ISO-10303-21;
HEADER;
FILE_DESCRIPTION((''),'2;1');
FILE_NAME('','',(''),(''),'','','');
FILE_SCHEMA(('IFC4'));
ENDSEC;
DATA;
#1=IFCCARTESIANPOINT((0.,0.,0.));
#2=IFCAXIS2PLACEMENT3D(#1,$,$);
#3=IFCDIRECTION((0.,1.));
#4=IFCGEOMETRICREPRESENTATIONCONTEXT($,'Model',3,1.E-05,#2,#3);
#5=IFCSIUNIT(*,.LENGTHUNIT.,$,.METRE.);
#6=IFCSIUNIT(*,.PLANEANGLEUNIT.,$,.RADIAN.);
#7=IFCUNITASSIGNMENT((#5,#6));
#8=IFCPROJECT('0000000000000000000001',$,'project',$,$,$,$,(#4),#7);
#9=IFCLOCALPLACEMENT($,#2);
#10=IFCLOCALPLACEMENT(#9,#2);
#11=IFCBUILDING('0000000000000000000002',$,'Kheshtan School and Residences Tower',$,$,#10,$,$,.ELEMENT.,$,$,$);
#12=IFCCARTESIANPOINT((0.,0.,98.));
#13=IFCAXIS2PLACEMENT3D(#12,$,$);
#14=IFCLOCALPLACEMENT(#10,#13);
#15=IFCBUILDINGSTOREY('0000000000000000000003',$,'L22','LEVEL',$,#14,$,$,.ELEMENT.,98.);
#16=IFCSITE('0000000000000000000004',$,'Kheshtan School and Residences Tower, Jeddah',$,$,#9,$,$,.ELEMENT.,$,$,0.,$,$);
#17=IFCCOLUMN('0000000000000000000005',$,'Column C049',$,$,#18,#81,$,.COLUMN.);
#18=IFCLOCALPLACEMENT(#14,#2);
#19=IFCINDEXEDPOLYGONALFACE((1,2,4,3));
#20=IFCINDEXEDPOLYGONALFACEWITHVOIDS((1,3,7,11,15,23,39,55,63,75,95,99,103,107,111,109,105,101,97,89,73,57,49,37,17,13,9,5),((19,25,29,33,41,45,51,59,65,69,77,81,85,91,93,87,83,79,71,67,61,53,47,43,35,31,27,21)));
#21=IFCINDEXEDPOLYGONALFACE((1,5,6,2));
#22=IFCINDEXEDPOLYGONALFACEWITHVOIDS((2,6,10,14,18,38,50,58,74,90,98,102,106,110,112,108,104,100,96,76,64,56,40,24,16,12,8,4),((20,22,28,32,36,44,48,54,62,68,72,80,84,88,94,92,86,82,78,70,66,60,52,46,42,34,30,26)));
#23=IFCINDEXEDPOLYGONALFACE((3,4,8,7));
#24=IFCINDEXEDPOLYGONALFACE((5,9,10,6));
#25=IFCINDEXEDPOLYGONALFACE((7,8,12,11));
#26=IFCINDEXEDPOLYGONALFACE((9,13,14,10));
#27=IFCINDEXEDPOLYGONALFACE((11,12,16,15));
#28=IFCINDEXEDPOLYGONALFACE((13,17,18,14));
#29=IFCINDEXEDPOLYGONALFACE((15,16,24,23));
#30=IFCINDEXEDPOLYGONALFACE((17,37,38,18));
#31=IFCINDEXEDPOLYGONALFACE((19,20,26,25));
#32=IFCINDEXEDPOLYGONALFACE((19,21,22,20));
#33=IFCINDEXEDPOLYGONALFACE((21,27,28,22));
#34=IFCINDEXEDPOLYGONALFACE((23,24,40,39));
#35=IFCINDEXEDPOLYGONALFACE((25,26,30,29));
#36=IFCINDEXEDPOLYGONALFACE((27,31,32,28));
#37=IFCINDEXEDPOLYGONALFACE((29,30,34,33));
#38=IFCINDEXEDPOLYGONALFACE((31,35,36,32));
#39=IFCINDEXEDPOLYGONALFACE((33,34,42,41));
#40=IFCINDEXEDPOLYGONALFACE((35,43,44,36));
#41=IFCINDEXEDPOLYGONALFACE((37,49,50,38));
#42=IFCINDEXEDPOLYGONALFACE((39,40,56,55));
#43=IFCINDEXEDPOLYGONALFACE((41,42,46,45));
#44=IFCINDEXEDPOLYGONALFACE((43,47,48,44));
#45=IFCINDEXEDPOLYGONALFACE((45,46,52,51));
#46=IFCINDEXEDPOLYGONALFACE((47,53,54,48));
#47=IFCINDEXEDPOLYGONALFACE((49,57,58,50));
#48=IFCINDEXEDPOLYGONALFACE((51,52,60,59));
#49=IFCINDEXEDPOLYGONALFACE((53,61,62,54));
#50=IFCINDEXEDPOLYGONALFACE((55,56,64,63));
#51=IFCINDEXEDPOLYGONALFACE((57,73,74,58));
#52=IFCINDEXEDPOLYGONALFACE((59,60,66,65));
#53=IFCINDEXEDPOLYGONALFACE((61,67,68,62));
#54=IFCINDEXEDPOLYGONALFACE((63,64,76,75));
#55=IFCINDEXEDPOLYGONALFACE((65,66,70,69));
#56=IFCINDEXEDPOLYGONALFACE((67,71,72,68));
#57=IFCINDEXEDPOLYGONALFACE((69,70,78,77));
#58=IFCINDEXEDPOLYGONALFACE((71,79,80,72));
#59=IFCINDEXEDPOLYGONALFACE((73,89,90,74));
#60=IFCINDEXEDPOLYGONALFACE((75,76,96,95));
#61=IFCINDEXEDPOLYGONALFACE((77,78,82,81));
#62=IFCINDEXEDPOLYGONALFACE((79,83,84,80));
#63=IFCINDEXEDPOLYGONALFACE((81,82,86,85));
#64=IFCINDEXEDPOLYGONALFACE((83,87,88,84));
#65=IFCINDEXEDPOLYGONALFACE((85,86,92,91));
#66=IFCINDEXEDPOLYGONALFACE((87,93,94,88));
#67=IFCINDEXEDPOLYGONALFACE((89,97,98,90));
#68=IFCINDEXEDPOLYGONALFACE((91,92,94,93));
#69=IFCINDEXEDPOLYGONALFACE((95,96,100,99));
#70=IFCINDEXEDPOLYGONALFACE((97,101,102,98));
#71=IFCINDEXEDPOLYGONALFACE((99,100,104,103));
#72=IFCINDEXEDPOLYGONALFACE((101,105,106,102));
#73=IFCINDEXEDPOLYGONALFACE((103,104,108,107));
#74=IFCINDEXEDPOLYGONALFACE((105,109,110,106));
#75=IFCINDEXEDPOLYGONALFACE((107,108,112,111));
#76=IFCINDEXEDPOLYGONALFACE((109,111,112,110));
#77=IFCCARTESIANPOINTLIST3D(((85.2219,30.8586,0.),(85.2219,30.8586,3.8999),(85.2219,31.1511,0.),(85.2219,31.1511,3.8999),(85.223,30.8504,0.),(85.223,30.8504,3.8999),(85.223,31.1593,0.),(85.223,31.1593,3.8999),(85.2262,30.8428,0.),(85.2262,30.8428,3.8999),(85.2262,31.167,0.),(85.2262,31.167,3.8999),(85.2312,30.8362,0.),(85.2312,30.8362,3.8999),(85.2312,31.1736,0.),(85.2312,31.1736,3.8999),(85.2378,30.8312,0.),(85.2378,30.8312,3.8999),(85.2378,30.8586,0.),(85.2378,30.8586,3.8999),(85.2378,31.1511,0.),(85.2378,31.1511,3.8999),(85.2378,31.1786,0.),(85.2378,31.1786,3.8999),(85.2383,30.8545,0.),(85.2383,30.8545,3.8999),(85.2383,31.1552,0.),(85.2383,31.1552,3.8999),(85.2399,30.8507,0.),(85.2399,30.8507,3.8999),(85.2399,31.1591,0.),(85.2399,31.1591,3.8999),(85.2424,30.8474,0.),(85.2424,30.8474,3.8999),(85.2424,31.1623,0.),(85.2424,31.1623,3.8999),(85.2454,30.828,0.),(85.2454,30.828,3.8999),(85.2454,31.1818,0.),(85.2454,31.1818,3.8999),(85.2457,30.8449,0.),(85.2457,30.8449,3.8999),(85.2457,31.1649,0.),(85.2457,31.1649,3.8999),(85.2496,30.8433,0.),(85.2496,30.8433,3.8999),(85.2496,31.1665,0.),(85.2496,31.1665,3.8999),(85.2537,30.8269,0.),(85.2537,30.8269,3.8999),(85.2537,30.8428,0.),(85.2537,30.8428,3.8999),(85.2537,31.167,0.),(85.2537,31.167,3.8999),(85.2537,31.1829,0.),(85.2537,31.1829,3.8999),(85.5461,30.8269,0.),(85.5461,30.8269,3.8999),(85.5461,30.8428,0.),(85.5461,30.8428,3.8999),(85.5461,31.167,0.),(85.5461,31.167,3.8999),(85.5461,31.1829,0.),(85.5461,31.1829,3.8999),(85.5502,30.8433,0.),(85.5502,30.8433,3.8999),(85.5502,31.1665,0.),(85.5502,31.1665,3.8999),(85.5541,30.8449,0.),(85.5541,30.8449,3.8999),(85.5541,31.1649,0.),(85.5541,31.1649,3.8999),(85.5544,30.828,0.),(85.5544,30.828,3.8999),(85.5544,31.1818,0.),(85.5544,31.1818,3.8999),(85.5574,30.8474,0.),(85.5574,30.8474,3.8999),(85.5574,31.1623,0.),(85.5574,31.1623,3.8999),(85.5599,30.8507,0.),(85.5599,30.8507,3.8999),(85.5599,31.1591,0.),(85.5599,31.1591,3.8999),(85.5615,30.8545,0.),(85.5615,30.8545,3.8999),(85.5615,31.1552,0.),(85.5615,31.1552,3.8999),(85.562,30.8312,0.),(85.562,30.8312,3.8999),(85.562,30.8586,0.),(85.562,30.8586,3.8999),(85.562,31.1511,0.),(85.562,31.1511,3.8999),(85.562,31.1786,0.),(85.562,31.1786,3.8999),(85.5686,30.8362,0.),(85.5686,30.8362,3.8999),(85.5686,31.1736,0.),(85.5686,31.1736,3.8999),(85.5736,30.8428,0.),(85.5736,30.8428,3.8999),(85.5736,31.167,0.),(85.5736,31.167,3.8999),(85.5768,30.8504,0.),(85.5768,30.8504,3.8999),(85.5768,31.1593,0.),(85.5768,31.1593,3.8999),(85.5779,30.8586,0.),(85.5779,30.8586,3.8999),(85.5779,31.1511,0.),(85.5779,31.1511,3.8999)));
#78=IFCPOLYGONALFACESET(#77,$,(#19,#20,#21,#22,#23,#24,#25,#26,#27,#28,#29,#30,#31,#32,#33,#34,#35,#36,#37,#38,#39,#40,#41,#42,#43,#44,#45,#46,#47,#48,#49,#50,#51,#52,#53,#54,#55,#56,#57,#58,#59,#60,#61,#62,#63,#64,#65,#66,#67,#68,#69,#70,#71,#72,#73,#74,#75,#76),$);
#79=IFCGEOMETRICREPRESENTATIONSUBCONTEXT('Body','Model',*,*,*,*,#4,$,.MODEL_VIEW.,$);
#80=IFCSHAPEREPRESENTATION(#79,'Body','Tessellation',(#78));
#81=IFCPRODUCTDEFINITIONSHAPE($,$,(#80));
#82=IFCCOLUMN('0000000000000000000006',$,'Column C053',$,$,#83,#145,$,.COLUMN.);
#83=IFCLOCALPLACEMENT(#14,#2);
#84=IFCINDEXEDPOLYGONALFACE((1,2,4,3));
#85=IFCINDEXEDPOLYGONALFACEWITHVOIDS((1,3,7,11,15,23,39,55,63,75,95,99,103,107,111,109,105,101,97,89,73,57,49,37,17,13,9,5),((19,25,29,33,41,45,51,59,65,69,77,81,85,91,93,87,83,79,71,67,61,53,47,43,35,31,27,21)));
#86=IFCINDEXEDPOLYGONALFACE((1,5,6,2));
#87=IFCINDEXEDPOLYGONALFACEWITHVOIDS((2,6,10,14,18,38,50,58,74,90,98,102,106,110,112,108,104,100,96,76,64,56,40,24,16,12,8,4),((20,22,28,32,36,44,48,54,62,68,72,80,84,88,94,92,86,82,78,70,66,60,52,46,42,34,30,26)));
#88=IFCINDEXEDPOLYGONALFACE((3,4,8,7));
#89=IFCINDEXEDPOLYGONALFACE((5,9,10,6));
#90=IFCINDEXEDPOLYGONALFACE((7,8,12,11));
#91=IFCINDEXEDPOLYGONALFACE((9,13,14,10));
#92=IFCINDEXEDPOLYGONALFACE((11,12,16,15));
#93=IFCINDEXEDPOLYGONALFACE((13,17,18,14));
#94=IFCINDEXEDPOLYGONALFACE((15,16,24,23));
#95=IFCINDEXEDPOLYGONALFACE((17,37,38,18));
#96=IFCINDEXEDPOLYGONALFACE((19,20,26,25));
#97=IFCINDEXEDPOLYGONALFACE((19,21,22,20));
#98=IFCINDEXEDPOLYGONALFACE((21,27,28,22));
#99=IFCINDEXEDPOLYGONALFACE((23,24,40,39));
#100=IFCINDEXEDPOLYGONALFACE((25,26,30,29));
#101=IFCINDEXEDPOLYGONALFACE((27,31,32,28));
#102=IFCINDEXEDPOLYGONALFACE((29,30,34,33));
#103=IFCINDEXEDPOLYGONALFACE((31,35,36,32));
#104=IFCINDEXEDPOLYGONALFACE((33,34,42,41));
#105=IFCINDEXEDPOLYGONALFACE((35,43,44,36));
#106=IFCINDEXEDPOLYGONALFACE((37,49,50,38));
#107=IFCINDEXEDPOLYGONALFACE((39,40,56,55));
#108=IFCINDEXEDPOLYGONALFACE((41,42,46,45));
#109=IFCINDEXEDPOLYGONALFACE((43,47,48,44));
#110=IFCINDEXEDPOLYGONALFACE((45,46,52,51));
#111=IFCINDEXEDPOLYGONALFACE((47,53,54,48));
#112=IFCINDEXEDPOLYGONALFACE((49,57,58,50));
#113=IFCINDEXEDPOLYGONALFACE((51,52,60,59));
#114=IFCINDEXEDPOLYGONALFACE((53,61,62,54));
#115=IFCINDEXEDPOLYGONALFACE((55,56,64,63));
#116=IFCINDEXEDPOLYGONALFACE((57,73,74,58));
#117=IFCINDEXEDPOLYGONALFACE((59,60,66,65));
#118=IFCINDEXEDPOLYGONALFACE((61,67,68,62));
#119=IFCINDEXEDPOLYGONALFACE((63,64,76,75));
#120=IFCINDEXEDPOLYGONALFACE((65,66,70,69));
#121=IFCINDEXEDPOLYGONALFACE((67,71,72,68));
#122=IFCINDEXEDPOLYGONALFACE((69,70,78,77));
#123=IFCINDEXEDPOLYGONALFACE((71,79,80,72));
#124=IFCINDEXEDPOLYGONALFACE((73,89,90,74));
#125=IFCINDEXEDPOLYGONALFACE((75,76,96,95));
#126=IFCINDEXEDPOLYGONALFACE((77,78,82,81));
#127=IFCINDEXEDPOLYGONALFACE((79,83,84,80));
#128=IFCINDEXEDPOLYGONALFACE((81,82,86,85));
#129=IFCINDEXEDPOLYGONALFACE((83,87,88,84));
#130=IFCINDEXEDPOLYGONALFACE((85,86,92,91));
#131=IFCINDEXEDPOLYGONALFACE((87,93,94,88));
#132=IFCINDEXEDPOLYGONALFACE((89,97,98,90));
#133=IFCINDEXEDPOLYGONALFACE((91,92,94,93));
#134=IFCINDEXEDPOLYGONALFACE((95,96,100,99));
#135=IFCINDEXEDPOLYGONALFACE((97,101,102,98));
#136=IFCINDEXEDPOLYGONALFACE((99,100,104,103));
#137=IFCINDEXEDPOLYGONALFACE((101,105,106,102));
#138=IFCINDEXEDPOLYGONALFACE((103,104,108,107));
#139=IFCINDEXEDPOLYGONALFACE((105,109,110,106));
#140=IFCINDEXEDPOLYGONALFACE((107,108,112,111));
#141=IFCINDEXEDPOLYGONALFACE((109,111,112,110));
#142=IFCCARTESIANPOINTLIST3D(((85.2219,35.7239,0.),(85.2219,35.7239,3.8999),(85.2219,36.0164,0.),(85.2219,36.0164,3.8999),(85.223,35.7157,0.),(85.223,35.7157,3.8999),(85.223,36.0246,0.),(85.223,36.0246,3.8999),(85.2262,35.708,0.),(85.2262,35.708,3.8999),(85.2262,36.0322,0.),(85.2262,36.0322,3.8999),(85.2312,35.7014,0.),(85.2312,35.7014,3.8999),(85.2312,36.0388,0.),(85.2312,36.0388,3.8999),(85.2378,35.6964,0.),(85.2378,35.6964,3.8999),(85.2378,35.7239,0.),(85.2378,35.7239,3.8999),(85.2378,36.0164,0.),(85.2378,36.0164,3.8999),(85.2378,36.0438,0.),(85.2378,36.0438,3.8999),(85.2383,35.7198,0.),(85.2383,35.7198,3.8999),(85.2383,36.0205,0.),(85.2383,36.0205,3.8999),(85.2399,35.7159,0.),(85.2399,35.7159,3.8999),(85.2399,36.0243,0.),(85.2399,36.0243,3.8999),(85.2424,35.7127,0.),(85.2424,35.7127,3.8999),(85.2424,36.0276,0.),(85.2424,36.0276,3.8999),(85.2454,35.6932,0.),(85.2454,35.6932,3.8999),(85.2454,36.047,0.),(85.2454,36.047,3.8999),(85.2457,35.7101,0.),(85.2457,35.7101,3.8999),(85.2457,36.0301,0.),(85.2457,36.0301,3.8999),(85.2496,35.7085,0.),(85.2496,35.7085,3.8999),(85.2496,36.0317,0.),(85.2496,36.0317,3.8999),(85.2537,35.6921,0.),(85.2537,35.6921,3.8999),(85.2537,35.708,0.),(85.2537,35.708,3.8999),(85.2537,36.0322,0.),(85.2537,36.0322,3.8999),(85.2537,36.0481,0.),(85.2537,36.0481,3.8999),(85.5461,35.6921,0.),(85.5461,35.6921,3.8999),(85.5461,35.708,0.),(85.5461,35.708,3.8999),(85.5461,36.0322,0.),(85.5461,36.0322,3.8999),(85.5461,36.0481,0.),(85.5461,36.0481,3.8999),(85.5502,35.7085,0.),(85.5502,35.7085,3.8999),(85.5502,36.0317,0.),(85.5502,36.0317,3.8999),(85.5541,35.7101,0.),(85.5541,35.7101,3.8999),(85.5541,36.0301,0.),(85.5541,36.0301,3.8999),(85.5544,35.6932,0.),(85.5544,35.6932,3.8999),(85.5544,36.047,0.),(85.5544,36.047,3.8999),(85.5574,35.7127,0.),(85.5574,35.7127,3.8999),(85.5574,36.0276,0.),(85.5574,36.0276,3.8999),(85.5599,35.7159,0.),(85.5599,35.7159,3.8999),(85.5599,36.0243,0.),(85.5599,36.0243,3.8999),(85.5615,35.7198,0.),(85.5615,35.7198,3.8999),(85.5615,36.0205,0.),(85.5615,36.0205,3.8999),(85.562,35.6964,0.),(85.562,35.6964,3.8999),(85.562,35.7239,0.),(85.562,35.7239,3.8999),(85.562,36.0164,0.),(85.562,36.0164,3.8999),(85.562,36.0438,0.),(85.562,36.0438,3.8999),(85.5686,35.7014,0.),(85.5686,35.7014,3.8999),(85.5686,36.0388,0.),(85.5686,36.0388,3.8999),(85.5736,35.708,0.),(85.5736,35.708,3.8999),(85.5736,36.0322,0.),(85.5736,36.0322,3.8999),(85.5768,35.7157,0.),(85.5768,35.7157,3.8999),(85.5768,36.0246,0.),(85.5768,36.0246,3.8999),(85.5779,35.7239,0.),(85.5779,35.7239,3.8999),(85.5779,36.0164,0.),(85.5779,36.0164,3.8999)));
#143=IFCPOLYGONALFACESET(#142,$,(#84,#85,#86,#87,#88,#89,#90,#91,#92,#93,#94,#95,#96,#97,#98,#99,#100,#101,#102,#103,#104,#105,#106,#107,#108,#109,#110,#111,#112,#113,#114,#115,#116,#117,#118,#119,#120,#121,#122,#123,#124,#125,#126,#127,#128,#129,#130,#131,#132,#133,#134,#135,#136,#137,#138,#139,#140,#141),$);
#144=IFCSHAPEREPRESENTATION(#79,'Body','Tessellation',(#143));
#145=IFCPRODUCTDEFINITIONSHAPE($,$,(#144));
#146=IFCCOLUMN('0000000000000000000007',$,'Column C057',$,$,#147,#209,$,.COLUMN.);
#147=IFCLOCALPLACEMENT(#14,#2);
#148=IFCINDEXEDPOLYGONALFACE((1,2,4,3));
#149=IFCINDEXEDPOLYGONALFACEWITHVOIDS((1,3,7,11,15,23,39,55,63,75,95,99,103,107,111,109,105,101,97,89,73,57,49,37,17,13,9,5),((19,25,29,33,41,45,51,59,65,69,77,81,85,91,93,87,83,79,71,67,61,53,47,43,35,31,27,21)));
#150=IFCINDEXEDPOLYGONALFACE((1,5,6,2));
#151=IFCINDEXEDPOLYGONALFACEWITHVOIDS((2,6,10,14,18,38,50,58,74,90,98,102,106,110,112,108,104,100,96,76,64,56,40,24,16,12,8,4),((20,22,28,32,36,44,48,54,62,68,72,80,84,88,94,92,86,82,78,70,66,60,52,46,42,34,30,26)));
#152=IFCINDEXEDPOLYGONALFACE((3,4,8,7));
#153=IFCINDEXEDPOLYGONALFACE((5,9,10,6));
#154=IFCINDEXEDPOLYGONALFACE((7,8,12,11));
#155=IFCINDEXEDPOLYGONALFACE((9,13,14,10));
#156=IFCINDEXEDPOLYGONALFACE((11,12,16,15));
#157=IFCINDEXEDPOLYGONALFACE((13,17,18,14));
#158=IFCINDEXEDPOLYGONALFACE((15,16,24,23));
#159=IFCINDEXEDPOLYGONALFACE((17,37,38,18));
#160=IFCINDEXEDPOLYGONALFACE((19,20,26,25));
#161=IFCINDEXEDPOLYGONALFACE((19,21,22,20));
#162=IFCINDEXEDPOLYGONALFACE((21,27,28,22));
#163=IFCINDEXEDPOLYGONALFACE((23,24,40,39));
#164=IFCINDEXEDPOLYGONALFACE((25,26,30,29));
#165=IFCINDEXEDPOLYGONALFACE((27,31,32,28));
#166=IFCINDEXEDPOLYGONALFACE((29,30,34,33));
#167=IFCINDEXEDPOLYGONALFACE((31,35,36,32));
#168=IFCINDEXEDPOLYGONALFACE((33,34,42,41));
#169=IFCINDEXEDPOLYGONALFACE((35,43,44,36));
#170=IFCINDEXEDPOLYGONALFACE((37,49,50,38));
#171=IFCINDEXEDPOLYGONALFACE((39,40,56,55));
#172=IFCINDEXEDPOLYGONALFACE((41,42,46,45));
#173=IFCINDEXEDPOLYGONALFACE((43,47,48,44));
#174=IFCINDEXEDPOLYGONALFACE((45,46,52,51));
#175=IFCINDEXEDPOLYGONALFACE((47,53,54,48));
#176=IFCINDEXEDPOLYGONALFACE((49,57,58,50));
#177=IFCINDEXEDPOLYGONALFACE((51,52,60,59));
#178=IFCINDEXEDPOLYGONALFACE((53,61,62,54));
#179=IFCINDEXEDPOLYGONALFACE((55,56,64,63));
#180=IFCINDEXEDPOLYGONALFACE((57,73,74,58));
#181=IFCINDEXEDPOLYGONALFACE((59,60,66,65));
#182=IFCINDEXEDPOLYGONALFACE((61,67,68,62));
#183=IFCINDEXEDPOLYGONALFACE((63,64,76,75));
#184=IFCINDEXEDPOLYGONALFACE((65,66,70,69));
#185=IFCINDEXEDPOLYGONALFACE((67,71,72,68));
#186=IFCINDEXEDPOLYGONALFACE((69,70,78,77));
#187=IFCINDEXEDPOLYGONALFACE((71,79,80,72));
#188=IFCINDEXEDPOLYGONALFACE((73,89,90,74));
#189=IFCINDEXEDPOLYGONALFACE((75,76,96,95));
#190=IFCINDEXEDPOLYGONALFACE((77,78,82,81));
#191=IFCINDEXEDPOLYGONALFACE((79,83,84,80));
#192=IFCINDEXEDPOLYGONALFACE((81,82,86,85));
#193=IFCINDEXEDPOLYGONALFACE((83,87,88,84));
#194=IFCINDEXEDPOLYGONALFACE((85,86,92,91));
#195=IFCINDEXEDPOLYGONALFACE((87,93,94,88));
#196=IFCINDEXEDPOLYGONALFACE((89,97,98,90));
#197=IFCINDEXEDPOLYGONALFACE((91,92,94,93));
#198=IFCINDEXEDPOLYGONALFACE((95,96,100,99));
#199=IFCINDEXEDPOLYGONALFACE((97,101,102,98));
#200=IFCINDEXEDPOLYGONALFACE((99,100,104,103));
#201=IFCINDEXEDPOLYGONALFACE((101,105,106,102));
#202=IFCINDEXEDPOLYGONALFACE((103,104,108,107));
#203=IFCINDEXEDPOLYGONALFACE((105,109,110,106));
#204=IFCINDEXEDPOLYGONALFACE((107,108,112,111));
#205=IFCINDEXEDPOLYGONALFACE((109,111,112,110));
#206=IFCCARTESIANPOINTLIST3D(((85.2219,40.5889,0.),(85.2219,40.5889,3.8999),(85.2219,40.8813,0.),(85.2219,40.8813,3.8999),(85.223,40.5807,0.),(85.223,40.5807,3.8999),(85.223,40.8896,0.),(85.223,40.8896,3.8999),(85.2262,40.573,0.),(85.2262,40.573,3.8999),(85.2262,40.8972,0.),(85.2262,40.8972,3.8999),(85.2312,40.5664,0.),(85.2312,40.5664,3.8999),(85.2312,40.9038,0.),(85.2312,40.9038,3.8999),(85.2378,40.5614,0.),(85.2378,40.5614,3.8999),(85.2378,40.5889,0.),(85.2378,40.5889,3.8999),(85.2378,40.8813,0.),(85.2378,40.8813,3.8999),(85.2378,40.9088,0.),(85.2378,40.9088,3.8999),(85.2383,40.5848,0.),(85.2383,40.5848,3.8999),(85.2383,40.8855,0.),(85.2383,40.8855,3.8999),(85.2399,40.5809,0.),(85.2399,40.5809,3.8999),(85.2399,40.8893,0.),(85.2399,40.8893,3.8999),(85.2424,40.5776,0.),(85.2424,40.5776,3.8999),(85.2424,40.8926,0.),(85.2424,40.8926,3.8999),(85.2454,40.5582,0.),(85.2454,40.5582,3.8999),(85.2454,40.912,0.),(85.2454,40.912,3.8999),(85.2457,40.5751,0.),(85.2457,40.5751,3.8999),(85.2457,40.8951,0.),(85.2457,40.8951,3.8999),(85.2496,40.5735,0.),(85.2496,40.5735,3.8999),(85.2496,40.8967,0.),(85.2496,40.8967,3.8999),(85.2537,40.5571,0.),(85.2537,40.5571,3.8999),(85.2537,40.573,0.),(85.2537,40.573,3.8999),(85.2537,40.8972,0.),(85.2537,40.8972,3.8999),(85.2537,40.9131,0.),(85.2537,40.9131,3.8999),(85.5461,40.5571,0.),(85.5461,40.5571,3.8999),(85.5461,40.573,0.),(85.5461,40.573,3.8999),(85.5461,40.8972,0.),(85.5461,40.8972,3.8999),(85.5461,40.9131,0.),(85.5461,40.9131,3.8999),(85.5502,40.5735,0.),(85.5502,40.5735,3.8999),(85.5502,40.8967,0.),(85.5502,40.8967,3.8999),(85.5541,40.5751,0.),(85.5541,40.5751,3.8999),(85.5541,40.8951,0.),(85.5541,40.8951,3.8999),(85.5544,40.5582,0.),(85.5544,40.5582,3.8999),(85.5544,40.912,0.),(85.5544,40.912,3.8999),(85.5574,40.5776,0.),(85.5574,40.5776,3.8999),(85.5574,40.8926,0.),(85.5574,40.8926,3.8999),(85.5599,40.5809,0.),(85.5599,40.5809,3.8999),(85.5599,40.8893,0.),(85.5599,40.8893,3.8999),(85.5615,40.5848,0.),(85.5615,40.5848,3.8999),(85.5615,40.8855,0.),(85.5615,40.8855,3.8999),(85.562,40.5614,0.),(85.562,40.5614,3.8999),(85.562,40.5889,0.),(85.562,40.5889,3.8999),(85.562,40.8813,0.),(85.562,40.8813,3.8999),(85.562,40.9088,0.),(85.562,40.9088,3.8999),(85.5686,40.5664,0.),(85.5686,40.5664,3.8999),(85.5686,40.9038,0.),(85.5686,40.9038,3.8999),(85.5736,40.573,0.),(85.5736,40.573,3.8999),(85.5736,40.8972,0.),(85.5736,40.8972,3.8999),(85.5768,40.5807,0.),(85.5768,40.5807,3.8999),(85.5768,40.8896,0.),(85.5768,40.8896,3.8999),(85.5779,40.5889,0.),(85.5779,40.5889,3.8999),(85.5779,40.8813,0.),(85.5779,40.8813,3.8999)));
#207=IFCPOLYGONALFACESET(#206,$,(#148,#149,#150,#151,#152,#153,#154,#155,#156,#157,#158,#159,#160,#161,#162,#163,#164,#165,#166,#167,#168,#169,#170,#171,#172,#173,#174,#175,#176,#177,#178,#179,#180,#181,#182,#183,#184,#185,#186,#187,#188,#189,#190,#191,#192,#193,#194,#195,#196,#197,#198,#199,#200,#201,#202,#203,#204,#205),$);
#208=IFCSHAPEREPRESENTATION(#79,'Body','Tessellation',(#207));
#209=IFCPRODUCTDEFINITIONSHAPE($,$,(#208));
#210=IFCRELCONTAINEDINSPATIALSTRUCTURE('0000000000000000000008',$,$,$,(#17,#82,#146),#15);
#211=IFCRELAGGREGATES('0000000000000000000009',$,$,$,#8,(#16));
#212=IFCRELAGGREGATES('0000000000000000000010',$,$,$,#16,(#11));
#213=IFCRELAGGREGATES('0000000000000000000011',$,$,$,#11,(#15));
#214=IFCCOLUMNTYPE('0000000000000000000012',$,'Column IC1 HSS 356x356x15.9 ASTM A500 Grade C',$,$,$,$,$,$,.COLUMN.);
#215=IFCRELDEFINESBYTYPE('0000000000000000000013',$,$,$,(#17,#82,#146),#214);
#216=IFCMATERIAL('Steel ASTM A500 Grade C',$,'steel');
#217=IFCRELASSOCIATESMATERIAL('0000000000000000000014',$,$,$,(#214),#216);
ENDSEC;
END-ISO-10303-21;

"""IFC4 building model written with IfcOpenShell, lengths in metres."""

from ifc_helpers import new_model, si_unit, direction, frame, origin, origin_2d, place, context, subcontext, project, spatial, hollow_rectangle, extrude, material, material_profile, profile_set, type_object, element, save


model = new_model("IFC4")

# Units and contexts
model_context = context("Model", 3, precision=1e-05, world=origin(), true_north=direction((0.0, 1.0)))
body_context = subcontext(model_context, "Body", "Model", "MODEL_VIEW")
ifc_project = project(units=[si_unit("LENGTHUNIT", "METRE"), si_unit("PLANEANGLEUNIT", "RADIAN")], contexts=[model_context])

# Site, building, storey
site_placement = place(None, origin())
site = spatial("IfcSite", under=ifc_project, at=site_placement, Name="Kheshtan School and Residences Tower, Jeddah", CompositionType="ELEMENT", RefElevation=0.0)
building_placement = place(site_placement, origin())
building = spatial("IfcBuilding", under=site, at=building_placement, Name="Kheshtan School and Residences Tower", CompositionType="ELEMENT")
storey_placement = place(building_placement, frame((0.0, 0.0, 98.0)))
storey = spatial("IfcBuildingStorey", under=building, at=storey_placement, Name="L22", Description="LEVEL", CompositionType="ELEMENT", Elevation=98.0)

# Columns
ifc_material_1 = material(Name="Steel ASTM A500 Grade C", Category="steel")
ifc_material_profile_1 = material_profile(ifc_material_1, hollow_rectangle(XDim=0.356, YDim=0.356, WallThickness=0.0159, InnerFilletRadius=0.0159, OuterFilletRadius=0.0317, at=origin_2d()), Name="HSS 356x356x15.9")
ifc_profile_set_1 = profile_set([ifc_material_profile_1], Name="Steel ASTM A500 Grade C")
column_type = type_object("IfcColumnType", Name="Column IC1 HSS 356x356x15.9 ASTM A500 Grade C", PredefinedType="COLUMN", material=ifc_profile_set_1)
for number, where, z_axis, x_axis, name in (
    (1, (85.3999, 31.0049, 0.0), (0.0, 0.0, 1.0), (1.0, 0.0, 0.0), "Column C049"),
    (2, (85.3999, 35.8701, 0.0), (0.0, 0.0, 1.0), (1.0, 0.0, 0.0), "Column C053"),
    (3, (85.3999, 40.7351, 0.0), (0.0, 0.0, 1.0), (1.0, 0.0, 0.0), "Column C057"),
):
    element("IfcColumn", number, at=place(storey_placement, frame(where, z_axis=z_axis, x_axis=x_axis)), inside=storey, type_object=column_type, Name=name, PredefinedType="COLUMN", context=body_context, shape_type="SweptSolid", body=[
        extrude(hollow_rectangle(XDim=0.356, YDim=0.356, WallThickness=0.0159, InnerFilletRadius=0.0159, OuterFilletRadius=0.0317, at=origin_2d()), origin(), (0.0, 0.0, 1.0), 3.8999),
    ])

save(model, "model.ifc")
